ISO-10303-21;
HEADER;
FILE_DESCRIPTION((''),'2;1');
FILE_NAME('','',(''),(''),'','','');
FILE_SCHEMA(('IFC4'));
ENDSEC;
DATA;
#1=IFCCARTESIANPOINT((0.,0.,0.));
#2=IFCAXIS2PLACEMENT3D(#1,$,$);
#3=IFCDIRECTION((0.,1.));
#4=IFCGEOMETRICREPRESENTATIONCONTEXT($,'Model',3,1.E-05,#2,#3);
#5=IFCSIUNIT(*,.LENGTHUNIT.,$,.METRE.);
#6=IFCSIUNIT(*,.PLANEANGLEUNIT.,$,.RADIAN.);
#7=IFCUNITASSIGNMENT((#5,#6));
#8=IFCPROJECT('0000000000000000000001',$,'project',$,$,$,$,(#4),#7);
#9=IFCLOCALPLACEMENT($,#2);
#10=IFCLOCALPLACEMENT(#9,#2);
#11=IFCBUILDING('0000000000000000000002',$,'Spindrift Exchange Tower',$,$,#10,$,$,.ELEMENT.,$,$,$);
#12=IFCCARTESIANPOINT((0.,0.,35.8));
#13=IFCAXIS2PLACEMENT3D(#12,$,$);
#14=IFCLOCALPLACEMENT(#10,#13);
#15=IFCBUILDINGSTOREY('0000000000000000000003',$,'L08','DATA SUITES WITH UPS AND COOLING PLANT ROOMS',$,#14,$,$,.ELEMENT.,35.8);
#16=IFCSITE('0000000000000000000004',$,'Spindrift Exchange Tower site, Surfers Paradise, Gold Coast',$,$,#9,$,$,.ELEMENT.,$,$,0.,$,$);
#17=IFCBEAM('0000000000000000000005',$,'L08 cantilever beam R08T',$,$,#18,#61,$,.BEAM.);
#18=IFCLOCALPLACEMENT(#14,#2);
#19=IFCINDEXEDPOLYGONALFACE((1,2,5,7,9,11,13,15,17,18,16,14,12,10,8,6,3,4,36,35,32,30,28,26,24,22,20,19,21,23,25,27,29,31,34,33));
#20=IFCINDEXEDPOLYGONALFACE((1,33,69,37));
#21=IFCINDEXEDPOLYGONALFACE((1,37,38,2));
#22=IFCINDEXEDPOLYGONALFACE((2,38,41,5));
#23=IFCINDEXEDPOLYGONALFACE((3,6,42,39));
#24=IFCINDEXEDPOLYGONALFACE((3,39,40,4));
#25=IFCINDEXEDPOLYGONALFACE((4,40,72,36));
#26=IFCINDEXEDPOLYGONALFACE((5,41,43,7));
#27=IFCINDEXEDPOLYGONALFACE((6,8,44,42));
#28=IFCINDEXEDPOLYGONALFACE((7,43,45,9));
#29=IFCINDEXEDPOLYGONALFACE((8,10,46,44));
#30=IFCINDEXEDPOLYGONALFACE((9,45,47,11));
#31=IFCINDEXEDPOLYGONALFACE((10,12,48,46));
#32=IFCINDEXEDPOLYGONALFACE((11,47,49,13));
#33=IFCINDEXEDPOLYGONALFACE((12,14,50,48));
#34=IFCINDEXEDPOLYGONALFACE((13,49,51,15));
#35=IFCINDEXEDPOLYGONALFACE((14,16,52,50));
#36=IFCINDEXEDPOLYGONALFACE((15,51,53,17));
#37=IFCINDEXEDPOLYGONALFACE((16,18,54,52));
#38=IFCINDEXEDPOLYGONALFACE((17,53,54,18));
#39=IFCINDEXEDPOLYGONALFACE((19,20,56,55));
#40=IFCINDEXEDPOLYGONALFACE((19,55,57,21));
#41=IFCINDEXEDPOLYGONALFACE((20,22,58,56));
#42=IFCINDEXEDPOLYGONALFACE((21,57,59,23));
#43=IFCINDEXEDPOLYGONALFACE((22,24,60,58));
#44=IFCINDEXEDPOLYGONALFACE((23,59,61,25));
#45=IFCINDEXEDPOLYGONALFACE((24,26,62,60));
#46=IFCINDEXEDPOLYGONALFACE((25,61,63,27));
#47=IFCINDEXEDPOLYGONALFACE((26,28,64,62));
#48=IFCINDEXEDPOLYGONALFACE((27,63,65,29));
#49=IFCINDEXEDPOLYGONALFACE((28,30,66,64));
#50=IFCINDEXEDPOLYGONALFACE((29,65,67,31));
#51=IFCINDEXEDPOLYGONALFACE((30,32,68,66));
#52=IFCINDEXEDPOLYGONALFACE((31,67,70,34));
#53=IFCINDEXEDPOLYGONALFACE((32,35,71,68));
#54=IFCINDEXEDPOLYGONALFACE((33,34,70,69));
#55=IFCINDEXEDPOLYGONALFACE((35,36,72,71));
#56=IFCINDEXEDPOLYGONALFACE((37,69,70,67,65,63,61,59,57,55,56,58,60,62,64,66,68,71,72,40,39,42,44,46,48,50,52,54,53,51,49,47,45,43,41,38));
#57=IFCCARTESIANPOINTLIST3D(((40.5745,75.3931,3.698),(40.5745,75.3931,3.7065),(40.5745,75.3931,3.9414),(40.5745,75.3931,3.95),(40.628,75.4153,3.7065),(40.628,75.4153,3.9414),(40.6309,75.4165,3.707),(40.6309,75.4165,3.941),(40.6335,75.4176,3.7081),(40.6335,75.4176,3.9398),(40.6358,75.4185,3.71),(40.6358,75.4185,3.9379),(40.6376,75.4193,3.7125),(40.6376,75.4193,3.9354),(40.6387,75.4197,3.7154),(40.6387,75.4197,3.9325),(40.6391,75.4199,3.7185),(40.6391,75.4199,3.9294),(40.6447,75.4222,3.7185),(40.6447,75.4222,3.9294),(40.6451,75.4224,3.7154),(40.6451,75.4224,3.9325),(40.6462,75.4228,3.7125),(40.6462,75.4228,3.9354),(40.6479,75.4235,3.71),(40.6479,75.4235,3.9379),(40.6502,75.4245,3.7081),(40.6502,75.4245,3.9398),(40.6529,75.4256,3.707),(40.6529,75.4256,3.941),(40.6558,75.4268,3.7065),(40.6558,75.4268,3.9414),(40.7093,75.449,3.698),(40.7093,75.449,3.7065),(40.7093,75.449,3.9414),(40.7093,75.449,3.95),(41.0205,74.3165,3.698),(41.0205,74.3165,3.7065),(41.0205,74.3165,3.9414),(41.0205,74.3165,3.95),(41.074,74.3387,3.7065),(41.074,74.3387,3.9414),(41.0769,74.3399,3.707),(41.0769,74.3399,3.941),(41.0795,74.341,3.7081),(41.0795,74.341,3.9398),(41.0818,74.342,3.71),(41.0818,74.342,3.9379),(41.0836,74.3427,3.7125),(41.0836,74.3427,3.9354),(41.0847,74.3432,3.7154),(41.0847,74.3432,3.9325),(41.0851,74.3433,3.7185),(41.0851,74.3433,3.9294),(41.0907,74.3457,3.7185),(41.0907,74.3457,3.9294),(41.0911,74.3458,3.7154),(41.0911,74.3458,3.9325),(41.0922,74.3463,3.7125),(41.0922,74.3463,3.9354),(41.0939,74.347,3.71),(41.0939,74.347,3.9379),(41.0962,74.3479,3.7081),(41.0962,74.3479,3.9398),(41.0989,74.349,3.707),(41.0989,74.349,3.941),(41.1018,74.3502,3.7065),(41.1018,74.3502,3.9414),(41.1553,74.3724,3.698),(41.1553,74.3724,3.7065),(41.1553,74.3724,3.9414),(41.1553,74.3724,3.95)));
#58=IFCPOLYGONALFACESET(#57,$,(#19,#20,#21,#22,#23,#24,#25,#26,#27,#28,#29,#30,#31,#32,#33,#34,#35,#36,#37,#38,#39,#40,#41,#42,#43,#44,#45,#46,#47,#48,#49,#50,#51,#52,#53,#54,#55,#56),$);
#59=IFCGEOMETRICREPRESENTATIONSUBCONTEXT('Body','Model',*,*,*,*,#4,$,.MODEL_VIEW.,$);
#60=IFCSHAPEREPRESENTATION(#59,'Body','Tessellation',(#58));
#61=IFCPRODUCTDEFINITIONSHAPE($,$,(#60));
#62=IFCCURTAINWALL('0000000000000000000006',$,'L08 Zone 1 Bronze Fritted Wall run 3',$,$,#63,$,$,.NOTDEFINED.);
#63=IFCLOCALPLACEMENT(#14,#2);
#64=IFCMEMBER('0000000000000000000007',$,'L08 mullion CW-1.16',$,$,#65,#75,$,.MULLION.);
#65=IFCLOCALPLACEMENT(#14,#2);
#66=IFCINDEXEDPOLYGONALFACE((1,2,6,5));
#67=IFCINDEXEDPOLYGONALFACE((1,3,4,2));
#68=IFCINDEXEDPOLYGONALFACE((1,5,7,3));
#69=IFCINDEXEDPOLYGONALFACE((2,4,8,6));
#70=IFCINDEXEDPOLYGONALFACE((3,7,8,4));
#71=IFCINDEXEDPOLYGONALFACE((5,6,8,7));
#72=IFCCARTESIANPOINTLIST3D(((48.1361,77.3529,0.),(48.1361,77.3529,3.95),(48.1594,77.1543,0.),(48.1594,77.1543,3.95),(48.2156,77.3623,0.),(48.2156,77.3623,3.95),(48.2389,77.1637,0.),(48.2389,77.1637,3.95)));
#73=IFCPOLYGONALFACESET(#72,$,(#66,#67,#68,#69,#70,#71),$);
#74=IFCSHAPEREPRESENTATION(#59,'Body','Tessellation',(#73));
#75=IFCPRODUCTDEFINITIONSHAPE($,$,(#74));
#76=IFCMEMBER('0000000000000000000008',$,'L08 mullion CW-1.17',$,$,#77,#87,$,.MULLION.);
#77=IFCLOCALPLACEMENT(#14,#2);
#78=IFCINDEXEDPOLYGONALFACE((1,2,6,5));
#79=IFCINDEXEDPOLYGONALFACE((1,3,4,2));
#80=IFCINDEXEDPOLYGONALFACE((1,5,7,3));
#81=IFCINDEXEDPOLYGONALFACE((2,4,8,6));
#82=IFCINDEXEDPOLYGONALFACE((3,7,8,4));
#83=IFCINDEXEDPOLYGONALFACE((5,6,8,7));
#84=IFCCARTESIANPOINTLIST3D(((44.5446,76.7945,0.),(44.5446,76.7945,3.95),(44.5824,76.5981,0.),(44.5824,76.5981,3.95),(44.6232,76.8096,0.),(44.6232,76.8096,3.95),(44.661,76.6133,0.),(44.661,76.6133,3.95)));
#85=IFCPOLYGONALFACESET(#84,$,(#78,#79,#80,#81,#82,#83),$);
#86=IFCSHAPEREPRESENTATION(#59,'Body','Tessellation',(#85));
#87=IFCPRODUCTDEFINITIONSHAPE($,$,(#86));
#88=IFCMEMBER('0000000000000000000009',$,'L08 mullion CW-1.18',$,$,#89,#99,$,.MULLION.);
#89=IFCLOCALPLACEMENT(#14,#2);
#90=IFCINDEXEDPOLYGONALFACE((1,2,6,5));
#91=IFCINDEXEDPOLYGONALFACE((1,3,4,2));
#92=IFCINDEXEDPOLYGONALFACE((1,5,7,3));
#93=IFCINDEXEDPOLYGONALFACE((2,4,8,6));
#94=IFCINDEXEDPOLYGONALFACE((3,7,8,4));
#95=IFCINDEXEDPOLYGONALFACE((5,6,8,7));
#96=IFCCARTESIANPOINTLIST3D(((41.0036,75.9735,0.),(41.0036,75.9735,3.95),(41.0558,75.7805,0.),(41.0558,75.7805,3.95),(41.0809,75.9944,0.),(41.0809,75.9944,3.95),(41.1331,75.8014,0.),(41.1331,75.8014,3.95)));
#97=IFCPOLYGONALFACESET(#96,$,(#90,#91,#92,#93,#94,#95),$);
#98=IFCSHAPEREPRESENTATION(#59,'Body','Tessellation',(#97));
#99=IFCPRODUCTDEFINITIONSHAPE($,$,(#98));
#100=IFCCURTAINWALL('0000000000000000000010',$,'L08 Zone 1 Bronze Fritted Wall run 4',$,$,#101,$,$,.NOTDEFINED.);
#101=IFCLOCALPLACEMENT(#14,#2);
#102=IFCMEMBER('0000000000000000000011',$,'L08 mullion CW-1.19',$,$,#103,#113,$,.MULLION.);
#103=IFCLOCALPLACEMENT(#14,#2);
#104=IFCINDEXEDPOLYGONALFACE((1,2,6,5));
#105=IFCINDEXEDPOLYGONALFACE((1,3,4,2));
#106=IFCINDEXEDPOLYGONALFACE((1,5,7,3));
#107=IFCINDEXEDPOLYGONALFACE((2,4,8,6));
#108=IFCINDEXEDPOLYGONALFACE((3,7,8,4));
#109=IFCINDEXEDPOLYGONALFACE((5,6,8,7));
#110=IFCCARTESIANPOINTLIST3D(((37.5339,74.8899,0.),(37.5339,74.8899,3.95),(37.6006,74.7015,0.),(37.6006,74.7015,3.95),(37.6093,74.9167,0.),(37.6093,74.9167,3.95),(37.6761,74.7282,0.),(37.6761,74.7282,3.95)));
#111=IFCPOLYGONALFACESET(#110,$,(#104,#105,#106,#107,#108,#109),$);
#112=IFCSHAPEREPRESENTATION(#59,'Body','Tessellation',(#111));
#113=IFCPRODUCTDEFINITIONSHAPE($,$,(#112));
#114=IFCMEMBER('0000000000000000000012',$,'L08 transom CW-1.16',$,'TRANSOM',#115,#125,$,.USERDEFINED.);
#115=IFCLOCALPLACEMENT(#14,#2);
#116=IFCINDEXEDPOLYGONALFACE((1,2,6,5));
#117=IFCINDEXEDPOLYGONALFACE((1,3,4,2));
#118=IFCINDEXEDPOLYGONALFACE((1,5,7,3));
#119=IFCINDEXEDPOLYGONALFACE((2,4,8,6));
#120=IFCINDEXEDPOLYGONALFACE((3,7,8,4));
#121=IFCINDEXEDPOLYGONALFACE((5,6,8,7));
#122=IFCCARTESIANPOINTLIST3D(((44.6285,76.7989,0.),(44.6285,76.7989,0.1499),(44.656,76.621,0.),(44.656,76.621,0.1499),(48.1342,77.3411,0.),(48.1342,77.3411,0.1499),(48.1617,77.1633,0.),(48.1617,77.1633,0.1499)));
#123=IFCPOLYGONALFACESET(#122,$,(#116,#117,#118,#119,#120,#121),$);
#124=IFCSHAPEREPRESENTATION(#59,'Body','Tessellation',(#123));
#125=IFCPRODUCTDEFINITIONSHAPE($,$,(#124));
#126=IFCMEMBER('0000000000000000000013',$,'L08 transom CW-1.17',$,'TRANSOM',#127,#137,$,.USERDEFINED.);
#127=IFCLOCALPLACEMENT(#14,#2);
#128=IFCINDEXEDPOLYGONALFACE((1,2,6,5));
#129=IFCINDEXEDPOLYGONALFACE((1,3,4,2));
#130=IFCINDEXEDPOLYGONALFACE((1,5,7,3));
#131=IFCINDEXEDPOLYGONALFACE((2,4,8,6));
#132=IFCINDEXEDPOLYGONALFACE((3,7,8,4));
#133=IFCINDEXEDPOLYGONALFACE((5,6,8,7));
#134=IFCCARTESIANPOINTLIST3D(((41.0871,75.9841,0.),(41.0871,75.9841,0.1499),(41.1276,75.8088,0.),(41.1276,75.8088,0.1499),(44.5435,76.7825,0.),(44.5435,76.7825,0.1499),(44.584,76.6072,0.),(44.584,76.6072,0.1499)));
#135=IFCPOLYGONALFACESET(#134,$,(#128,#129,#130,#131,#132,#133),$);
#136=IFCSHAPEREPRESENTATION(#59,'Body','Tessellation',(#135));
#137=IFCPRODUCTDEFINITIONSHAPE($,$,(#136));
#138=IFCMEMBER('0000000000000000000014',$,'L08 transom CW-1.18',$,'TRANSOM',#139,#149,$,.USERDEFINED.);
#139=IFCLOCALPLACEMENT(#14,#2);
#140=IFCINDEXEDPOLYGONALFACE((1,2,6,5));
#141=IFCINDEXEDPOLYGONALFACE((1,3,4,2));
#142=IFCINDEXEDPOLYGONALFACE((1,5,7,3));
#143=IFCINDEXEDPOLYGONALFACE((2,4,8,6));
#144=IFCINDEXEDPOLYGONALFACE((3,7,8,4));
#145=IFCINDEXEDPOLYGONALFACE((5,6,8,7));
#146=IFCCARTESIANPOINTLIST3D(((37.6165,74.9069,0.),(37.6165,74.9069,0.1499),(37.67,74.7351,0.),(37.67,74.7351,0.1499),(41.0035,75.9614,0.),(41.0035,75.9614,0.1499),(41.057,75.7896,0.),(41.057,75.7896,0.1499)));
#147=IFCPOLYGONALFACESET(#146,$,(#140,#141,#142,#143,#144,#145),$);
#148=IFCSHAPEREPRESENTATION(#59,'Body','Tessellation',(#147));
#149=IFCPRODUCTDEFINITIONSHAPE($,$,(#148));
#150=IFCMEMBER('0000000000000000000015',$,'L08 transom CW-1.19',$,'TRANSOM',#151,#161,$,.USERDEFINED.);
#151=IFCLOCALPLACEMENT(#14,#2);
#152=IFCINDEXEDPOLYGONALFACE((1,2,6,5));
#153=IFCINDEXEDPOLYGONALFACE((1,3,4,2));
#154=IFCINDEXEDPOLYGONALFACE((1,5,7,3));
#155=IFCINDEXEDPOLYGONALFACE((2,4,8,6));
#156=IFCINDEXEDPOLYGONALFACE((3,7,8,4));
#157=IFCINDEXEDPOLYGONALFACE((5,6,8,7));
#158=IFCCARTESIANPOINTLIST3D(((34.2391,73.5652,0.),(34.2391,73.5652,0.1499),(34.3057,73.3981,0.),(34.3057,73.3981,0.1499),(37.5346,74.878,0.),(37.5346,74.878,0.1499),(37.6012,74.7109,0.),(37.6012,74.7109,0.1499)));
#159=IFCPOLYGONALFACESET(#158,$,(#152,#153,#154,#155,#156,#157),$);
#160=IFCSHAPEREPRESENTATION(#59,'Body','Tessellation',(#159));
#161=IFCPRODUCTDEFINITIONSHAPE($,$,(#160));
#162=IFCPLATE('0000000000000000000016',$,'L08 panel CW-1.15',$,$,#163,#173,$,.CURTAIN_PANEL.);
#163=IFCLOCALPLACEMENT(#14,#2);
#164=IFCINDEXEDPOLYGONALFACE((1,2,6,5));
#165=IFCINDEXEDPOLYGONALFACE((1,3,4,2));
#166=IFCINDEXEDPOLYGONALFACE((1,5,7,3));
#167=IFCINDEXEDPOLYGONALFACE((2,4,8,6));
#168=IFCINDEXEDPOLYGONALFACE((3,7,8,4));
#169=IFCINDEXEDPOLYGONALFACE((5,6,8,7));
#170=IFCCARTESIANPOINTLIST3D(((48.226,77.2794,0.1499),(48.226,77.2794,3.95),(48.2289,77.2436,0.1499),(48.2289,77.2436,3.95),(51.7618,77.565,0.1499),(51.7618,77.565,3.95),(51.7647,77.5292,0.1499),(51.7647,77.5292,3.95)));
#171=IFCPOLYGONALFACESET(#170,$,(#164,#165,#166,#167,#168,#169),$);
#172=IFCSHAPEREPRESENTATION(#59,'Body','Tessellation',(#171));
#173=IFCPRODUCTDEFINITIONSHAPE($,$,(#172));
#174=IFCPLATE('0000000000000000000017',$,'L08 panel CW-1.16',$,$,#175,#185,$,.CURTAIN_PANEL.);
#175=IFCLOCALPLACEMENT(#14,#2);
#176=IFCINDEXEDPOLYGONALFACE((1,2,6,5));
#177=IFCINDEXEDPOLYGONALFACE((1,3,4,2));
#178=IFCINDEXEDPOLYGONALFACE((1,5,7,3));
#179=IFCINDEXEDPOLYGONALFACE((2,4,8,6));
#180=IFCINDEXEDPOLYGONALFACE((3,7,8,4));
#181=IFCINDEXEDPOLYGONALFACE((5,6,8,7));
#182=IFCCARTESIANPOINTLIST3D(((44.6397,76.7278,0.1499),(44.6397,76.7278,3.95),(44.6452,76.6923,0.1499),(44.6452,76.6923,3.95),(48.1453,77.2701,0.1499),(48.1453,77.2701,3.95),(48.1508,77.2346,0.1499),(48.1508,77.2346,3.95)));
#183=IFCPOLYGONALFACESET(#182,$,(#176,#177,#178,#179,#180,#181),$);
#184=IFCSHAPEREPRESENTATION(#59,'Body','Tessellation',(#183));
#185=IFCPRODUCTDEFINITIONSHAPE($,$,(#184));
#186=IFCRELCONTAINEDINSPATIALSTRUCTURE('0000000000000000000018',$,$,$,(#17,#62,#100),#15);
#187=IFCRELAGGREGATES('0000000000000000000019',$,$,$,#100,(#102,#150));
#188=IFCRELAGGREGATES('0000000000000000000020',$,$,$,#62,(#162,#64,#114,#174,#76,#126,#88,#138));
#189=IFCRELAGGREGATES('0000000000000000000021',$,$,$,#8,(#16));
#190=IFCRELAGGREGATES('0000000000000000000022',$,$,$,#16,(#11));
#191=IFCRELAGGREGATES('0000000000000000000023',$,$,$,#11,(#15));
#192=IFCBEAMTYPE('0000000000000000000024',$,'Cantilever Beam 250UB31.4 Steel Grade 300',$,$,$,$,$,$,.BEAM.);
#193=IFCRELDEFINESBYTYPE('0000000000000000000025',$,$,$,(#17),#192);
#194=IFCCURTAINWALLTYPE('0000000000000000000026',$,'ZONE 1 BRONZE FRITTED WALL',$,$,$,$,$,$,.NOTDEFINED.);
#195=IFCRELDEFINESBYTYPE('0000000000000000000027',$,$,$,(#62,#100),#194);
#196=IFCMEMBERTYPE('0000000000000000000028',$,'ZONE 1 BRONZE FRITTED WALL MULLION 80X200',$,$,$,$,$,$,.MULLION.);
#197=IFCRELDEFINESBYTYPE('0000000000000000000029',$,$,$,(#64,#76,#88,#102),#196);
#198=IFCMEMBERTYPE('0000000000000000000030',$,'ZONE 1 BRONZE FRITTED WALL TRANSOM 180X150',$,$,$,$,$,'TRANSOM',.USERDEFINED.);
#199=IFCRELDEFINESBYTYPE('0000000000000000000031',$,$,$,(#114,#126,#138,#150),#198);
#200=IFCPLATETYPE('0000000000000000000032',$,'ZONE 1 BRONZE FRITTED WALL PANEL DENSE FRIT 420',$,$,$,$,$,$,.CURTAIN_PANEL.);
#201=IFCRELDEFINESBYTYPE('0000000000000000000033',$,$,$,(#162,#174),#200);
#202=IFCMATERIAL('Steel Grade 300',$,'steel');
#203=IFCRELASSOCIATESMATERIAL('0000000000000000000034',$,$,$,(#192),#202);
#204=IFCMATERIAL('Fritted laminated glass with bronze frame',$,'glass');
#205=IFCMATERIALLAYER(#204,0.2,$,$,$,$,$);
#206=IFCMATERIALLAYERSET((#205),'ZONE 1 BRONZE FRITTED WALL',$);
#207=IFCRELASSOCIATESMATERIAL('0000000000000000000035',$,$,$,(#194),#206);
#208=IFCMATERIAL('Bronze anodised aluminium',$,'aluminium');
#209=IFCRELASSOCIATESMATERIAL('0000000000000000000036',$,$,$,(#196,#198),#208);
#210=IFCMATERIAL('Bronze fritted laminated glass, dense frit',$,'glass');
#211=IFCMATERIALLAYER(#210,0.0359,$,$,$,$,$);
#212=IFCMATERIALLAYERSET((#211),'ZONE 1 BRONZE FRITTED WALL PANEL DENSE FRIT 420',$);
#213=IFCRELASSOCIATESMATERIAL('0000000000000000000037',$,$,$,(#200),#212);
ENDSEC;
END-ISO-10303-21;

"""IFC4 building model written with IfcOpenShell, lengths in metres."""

from ifc_helpers import new_model, si_unit, direction, frame, origin, origin_2d, place, context, subcontext, project, spatial, rectangle, i_section, extrude, source, transform, mapped, material, layer, layer_set, material_profile, profile_set, type_object, element, aggregate, save


model = new_model("IFC4")

# Units and contexts
model_context = context("Model", 3, precision=1e-05, world=origin(), true_north=direction((0.0, 1.0)))
body_context = subcontext(model_context, "Body", "Model", "MODEL_VIEW")
ifc_project = project(units=[si_unit("LENGTHUNIT", "METRE"), si_unit("PLANEANGLEUNIT", "RADIAN")], contexts=[model_context])

# Site, building, storey
site_placement = place(None, origin())
site = spatial("IfcSite", under=ifc_project, at=site_placement, Name="Spindrift Exchange Tower site, Surfers Paradise, Gold Coast", CompositionType="ELEMENT", RefElevation=0.0)
building_placement = place(site_placement, origin())
building = spatial("IfcBuilding", under=site, at=building_placement, Name="Spindrift Exchange Tower", CompositionType="ELEMENT")
storey_placement = place(building_placement, frame((0.0, 0.0, 35.8)))
storey = spatial("IfcBuildingStorey", under=building, at=storey_placement, Name="L08", Description="DATA SUITES WITH UPS AND COOLING PLANT ROOMS", CompositionType="ELEMENT", Elevation=35.8)

# Beam
ifc_material_1 = material(Name="Steel Grade 300", Category="steel")
ifc_material_profile_1 = material_profile(ifc_material_1, i_section(OverallWidth=0.146, OverallDepth=0.252, WebThickness=0.0061, FlangeThickness=0.0085, FilletRadius=0.012, at=origin_2d()), Name="250UB31.4")
ifc_profile_set_1 = profile_set([ifc_material_profile_1], Name="Steel Grade 300")
beam_type_1 = type_object("IfcBeamType", Name="Cantilever Beam 250UB31.4 Steel Grade 300", PredefinedType="BEAM", material=ifc_profile_set_1)
shared_shape_1 = source(origin(), body_context, "Body", "SweptSolid", [
    extrude(i_section(OverallWidth=0.146, OverallDepth=0.252, WebThickness=0.0061, FlangeThickness=0.0085, FilletRadius=0.012, at=origin_2d()), origin(), (0.0, 0.0, 1.0), 1.1653),
])
beam_1_placement = place(storey_placement, frame((41.0879, 74.3445, 3.824), z_axis=(-0.38274, 0.923856, 0.0), x_axis=(-0.923856, -0.38274, 0.0)))
element("IfcBeam", 1, at=beam_1_placement, inside=storey, type_object=beam_type_1, Name="L08 cantilever beam R08T", PredefinedType="BEAM", context=body_context, shape_type="MappedRepresentation", body=[
    mapped(shared_shape_1, transform((0.0, 0.0, 0.0), scale=1.0)),
])

# Curtain wall, members
ifc_material_2 = material(Name="Fritted laminated glass with bronze frame", Category="glass")
ifc_layer_1 = layer(ifc_material_2, 0.2)
ifc_layer_set_1 = layer_set([ifc_layer_1], Name="ZONE 1 BRONZE FRITTED WALL")
curtain_wall_type = type_object("IfcCurtainWallType", Name="ZONE 1 BRONZE FRITTED WALL", PredefinedType="NOTDEFINED", material=ifc_layer_set_1)
curtain_wall_1_placement = place(storey_placement, origin())
curtain_wall_1 = element("IfcCurtainWall", 2, at=curtain_wall_1_placement, inside=storey, type_object=curtain_wall_type, Name="L08 Zone 1 Bronze Fritted Wall run 3", PredefinedType="NOTDEFINED")
ifc_material_3 = material(Name="Bronze anodised aluminium", Category="aluminium")
ifc_material_profile_2 = material_profile(ifc_material_3, rectangle(XDim=0.0801, YDim=0.2, at=origin_2d()), Name="ZONE 1 BRONZE FRITTED WALL MULLION 80X200")
ifc_profile_set_2 = profile_set([ifc_material_profile_2], Name="Bronze anodised aluminium")
member_type_1 = type_object("IfcMemberType", Name="ZONE 1 BRONZE FRITTED WALL MULLION 80X200", PredefinedType="MULLION", material=ifc_profile_set_2)
shared_shape_2 = source(origin(), body_context, "Body", "SweptSolid", [
    extrude(rectangle(XDim=0.0801, YDim=0.2, at=origin_2d()), origin(), (0.0, 0.0, 1.0), 3.95),
])
member_1_placement = place(storey_placement, frame((48.1875, 77.2583, 0.0), z_axis=(0.0, 0.0, 1.0), x_axis=(-0.993157, -0.116786, 0.0)))
member_1 = element("IfcMember", 3, at=member_1_placement, type_object=member_type_1, Name="L08 mullion CW-1.16", PredefinedType="MULLION", context=body_context, shape_type="MappedRepresentation", body=[
    mapped(shared_shape_2, transform((0.0, 0.0, 0.0), scale=1.0)),
])
member_2_placement = place(storey_placement, frame((44.6028, 76.7039, 0.0), z_axis=(0.0, 0.0, 1.0), x_axis=(-0.98196, -0.18909, 0.0)))
member_2 = element("IfcMember", 4, at=member_2_placement, type_object=member_type_1, Name="L08 mullion CW-1.17", PredefinedType="MULLION", context=body_context, shape_type="MappedRepresentation", body=[
    mapped(shared_shape_2, transform((0.0, 0.0, 0.0), scale=1.0)),
])
member_3_placement = place(storey_placement, frame((41.0684, 75.8875, 0.0), z_axis=(0.0, 0.0, 1.0), x_axis=(-0.965247, -0.261338, 0.0)))
member_3 = element("IfcMember", 5, at=member_3_placement, type_object=member_type_1, Name="L08 mullion CW-1.18", PredefinedType="MULLION", context=body_context, shape_type="MappedRepresentation", body=[
    mapped(shared_shape_2, transform((0.0, 0.0, 0.0), scale=1.0)),
])

# Curtain wall, member
curtain_wall_2_placement = place(storey_placement, origin())
curtain_wall_2 = element("IfcCurtainWall", 6, at=curtain_wall_2_placement, inside=storey, type_object=curtain_wall_type, Name="L08 Zone 1 Bronze Fritted Wall run 4", PredefinedType="NOTDEFINED")
member_4_placement = place(storey_placement, frame((37.605, 74.8091, 0.0), z_axis=(0.0, 0.0, 1.0), x_axis=(-0.942604, -0.333914, 0.0)))
member_4 = element("IfcMember", 7, at=member_4_placement, type_object=member_type_1, Name="L08 mullion CW-1.19", PredefinedType="MULLION", context=body_context, shape_type="MappedRepresentation", body=[
    mapped(shared_shape_2, transform((0.0, 0.0, 0.0), scale=1.0)),
])

# Members
ifc_material_profile_3 = material_profile(ifc_material_3, rectangle(XDim=0.1799, YDim=0.1499, at=origin_2d()), Name="ZONE 1 BRONZE FRITTED WALL TRANSOM 180X150")
ifc_profile_set_3 = profile_set([ifc_material_profile_3], Name="Bronze anodised aluminium")
member_type_2 = type_object("IfcMemberType", Name="ZONE 1 BRONZE FRITTED WALL TRANSOM 180X150", ElementType="TRANSOM", PredefinedType="USERDEFINED", material=ifc_profile_set_3)
shared_shape_3 = source(origin(), body_context, "Body", "SweptSolid", [
    extrude(rectangle(XDim=0.1799, YDim=0.1499, at=origin_2d()), origin(), (0.0, 0.0, 1.0), 3.5474),
])
member_5_placement = place(storey_placement, frame((48.1479, 77.2522, 0.075), z_axis=(-0.988248, -0.152859, 0.0), x_axis=(0.152859, -0.988248, 0.0)))
member_5 = element("IfcMember", 8, at=member_5_placement, type_object=member_type_2, Name="L08 transom CW-1.16", ObjectType="TRANSOM", PredefinedType="USERDEFINED", context=body_context, shape_type="MappedRepresentation", body=[
    mapped(shared_shape_3, transform((0.0, 0.0, 0.0), scale=1.0)),
])
member_6_placement = place(storey_placement, frame((44.5637, 76.6948, 0.075), z_axis=(-0.974346, -0.225056, 0.0), x_axis=(0.225056, -0.974346, 0.0)))
member_6 = element("IfcMember", 9, at=member_6_placement, type_object=member_type_2, Name="L08 transom CW-1.17", ObjectType="TRANSOM", PredefinedType="USERDEFINED", context=body_context, shape_type="MappedRepresentation", body=[
    mapped(shared_shape_3, transform((0.0, 0.0, 0.0), scale=1.0)),
])
member_7_placement = place(storey_placement, frame((41.0303, 75.8755, 0.075), z_axis=(-0.954799, -0.297252, 0.0), x_axis=(0.297252, -0.954799, 0.0)))
member_7 = element("IfcMember", 10, at=member_7_placement, type_object=member_type_2, Name="L08 transom CW-1.18", ObjectType="TRANSOM", PredefinedType="USERDEFINED", context=body_context, shape_type="MappedRepresentation", body=[
    mapped(shared_shape_3, transform((0.0, 0.0, 0.0), scale=1.0)),
])
member_8_placement = place(storey_placement, frame((37.5679, 74.7944, 0.075), z_axis=(-0.929003, -0.370073, 0.0), x_axis=(0.370073, -0.929003, 0.0)))
member_8 = element("IfcMember", 11, at=member_8_placement, type_object=member_type_2, Name="L08 transom CW-1.19", ObjectType="TRANSOM", PredefinedType="USERDEFINED", context=body_context, shape_type="MappedRepresentation", body=[
    mapped(shared_shape_3, transform((0.0, 0.0, 0.0), scale=1.0)),
])
aggregate(curtain_wall_2, [member_4, member_8])

# Plates
ifc_material_4 = material(Name="Bronze fritted laminated glass, dense frit", Category="glass")
ifc_layer_2 = layer(ifc_material_4, 0.0359)
ifc_layer_set_2 = layer_set([ifc_layer_2], Name="ZONE 1 BRONZE FRITTED WALL PANEL DENSE FRIT 420")
plate_type = type_object("IfcPlateType", Name="ZONE 1 BRONZE FRITTED WALL PANEL DENSE FRIT 420", PredefinedType="CURTAIN_PANEL", material=ifc_layer_set_2)
shared_shape_4 = source(origin(), body_context, "Body", "SweptSolid", [
    extrude(rectangle(XDim=3.5474, YDim=0.0359, at=origin_2d()), origin(), (0.0, 0.0, 1.0), 3.8),
])
plate_1_placement = place(storey_placement, frame((49.9954, 77.4043, 0.1499), z_axis=(0.0, 0.0, 1.0), x_axis=(-0.996753, -0.080526, 0.0)))
plate_1 = element("IfcPlate", 12, at=plate_1_placement, type_object=plate_type, Name="L08 panel CW-1.15", PredefinedType="CURTAIN_PANEL", context=body_context, shape_type="MappedRepresentation", body=[
    mapped(shared_shape_4, transform((0.0, 0.0, 0.0), scale=1.0)),
])
plate_2_placement = place(storey_placement, frame((46.3953, 76.9812, 0.1499), z_axis=(0.0, 0.0, 1.0), x_axis=(-0.988243, -0.152889, 0.0)))
plate_2 = element("IfcPlate", 13, at=plate_2_placement, type_object=plate_type, Name="L08 panel CW-1.16", PredefinedType="CURTAIN_PANEL", context=body_context, shape_type="MappedRepresentation", body=[
    mapped(shared_shape_4, transform((0.0, 0.0, 0.0), scale=1.0)),
])
aggregate(curtain_wall_1, [plate_1, member_1, member_5, plate_2, member_2, member_6, member_3, member_7])

save(model, "model.ifc")
